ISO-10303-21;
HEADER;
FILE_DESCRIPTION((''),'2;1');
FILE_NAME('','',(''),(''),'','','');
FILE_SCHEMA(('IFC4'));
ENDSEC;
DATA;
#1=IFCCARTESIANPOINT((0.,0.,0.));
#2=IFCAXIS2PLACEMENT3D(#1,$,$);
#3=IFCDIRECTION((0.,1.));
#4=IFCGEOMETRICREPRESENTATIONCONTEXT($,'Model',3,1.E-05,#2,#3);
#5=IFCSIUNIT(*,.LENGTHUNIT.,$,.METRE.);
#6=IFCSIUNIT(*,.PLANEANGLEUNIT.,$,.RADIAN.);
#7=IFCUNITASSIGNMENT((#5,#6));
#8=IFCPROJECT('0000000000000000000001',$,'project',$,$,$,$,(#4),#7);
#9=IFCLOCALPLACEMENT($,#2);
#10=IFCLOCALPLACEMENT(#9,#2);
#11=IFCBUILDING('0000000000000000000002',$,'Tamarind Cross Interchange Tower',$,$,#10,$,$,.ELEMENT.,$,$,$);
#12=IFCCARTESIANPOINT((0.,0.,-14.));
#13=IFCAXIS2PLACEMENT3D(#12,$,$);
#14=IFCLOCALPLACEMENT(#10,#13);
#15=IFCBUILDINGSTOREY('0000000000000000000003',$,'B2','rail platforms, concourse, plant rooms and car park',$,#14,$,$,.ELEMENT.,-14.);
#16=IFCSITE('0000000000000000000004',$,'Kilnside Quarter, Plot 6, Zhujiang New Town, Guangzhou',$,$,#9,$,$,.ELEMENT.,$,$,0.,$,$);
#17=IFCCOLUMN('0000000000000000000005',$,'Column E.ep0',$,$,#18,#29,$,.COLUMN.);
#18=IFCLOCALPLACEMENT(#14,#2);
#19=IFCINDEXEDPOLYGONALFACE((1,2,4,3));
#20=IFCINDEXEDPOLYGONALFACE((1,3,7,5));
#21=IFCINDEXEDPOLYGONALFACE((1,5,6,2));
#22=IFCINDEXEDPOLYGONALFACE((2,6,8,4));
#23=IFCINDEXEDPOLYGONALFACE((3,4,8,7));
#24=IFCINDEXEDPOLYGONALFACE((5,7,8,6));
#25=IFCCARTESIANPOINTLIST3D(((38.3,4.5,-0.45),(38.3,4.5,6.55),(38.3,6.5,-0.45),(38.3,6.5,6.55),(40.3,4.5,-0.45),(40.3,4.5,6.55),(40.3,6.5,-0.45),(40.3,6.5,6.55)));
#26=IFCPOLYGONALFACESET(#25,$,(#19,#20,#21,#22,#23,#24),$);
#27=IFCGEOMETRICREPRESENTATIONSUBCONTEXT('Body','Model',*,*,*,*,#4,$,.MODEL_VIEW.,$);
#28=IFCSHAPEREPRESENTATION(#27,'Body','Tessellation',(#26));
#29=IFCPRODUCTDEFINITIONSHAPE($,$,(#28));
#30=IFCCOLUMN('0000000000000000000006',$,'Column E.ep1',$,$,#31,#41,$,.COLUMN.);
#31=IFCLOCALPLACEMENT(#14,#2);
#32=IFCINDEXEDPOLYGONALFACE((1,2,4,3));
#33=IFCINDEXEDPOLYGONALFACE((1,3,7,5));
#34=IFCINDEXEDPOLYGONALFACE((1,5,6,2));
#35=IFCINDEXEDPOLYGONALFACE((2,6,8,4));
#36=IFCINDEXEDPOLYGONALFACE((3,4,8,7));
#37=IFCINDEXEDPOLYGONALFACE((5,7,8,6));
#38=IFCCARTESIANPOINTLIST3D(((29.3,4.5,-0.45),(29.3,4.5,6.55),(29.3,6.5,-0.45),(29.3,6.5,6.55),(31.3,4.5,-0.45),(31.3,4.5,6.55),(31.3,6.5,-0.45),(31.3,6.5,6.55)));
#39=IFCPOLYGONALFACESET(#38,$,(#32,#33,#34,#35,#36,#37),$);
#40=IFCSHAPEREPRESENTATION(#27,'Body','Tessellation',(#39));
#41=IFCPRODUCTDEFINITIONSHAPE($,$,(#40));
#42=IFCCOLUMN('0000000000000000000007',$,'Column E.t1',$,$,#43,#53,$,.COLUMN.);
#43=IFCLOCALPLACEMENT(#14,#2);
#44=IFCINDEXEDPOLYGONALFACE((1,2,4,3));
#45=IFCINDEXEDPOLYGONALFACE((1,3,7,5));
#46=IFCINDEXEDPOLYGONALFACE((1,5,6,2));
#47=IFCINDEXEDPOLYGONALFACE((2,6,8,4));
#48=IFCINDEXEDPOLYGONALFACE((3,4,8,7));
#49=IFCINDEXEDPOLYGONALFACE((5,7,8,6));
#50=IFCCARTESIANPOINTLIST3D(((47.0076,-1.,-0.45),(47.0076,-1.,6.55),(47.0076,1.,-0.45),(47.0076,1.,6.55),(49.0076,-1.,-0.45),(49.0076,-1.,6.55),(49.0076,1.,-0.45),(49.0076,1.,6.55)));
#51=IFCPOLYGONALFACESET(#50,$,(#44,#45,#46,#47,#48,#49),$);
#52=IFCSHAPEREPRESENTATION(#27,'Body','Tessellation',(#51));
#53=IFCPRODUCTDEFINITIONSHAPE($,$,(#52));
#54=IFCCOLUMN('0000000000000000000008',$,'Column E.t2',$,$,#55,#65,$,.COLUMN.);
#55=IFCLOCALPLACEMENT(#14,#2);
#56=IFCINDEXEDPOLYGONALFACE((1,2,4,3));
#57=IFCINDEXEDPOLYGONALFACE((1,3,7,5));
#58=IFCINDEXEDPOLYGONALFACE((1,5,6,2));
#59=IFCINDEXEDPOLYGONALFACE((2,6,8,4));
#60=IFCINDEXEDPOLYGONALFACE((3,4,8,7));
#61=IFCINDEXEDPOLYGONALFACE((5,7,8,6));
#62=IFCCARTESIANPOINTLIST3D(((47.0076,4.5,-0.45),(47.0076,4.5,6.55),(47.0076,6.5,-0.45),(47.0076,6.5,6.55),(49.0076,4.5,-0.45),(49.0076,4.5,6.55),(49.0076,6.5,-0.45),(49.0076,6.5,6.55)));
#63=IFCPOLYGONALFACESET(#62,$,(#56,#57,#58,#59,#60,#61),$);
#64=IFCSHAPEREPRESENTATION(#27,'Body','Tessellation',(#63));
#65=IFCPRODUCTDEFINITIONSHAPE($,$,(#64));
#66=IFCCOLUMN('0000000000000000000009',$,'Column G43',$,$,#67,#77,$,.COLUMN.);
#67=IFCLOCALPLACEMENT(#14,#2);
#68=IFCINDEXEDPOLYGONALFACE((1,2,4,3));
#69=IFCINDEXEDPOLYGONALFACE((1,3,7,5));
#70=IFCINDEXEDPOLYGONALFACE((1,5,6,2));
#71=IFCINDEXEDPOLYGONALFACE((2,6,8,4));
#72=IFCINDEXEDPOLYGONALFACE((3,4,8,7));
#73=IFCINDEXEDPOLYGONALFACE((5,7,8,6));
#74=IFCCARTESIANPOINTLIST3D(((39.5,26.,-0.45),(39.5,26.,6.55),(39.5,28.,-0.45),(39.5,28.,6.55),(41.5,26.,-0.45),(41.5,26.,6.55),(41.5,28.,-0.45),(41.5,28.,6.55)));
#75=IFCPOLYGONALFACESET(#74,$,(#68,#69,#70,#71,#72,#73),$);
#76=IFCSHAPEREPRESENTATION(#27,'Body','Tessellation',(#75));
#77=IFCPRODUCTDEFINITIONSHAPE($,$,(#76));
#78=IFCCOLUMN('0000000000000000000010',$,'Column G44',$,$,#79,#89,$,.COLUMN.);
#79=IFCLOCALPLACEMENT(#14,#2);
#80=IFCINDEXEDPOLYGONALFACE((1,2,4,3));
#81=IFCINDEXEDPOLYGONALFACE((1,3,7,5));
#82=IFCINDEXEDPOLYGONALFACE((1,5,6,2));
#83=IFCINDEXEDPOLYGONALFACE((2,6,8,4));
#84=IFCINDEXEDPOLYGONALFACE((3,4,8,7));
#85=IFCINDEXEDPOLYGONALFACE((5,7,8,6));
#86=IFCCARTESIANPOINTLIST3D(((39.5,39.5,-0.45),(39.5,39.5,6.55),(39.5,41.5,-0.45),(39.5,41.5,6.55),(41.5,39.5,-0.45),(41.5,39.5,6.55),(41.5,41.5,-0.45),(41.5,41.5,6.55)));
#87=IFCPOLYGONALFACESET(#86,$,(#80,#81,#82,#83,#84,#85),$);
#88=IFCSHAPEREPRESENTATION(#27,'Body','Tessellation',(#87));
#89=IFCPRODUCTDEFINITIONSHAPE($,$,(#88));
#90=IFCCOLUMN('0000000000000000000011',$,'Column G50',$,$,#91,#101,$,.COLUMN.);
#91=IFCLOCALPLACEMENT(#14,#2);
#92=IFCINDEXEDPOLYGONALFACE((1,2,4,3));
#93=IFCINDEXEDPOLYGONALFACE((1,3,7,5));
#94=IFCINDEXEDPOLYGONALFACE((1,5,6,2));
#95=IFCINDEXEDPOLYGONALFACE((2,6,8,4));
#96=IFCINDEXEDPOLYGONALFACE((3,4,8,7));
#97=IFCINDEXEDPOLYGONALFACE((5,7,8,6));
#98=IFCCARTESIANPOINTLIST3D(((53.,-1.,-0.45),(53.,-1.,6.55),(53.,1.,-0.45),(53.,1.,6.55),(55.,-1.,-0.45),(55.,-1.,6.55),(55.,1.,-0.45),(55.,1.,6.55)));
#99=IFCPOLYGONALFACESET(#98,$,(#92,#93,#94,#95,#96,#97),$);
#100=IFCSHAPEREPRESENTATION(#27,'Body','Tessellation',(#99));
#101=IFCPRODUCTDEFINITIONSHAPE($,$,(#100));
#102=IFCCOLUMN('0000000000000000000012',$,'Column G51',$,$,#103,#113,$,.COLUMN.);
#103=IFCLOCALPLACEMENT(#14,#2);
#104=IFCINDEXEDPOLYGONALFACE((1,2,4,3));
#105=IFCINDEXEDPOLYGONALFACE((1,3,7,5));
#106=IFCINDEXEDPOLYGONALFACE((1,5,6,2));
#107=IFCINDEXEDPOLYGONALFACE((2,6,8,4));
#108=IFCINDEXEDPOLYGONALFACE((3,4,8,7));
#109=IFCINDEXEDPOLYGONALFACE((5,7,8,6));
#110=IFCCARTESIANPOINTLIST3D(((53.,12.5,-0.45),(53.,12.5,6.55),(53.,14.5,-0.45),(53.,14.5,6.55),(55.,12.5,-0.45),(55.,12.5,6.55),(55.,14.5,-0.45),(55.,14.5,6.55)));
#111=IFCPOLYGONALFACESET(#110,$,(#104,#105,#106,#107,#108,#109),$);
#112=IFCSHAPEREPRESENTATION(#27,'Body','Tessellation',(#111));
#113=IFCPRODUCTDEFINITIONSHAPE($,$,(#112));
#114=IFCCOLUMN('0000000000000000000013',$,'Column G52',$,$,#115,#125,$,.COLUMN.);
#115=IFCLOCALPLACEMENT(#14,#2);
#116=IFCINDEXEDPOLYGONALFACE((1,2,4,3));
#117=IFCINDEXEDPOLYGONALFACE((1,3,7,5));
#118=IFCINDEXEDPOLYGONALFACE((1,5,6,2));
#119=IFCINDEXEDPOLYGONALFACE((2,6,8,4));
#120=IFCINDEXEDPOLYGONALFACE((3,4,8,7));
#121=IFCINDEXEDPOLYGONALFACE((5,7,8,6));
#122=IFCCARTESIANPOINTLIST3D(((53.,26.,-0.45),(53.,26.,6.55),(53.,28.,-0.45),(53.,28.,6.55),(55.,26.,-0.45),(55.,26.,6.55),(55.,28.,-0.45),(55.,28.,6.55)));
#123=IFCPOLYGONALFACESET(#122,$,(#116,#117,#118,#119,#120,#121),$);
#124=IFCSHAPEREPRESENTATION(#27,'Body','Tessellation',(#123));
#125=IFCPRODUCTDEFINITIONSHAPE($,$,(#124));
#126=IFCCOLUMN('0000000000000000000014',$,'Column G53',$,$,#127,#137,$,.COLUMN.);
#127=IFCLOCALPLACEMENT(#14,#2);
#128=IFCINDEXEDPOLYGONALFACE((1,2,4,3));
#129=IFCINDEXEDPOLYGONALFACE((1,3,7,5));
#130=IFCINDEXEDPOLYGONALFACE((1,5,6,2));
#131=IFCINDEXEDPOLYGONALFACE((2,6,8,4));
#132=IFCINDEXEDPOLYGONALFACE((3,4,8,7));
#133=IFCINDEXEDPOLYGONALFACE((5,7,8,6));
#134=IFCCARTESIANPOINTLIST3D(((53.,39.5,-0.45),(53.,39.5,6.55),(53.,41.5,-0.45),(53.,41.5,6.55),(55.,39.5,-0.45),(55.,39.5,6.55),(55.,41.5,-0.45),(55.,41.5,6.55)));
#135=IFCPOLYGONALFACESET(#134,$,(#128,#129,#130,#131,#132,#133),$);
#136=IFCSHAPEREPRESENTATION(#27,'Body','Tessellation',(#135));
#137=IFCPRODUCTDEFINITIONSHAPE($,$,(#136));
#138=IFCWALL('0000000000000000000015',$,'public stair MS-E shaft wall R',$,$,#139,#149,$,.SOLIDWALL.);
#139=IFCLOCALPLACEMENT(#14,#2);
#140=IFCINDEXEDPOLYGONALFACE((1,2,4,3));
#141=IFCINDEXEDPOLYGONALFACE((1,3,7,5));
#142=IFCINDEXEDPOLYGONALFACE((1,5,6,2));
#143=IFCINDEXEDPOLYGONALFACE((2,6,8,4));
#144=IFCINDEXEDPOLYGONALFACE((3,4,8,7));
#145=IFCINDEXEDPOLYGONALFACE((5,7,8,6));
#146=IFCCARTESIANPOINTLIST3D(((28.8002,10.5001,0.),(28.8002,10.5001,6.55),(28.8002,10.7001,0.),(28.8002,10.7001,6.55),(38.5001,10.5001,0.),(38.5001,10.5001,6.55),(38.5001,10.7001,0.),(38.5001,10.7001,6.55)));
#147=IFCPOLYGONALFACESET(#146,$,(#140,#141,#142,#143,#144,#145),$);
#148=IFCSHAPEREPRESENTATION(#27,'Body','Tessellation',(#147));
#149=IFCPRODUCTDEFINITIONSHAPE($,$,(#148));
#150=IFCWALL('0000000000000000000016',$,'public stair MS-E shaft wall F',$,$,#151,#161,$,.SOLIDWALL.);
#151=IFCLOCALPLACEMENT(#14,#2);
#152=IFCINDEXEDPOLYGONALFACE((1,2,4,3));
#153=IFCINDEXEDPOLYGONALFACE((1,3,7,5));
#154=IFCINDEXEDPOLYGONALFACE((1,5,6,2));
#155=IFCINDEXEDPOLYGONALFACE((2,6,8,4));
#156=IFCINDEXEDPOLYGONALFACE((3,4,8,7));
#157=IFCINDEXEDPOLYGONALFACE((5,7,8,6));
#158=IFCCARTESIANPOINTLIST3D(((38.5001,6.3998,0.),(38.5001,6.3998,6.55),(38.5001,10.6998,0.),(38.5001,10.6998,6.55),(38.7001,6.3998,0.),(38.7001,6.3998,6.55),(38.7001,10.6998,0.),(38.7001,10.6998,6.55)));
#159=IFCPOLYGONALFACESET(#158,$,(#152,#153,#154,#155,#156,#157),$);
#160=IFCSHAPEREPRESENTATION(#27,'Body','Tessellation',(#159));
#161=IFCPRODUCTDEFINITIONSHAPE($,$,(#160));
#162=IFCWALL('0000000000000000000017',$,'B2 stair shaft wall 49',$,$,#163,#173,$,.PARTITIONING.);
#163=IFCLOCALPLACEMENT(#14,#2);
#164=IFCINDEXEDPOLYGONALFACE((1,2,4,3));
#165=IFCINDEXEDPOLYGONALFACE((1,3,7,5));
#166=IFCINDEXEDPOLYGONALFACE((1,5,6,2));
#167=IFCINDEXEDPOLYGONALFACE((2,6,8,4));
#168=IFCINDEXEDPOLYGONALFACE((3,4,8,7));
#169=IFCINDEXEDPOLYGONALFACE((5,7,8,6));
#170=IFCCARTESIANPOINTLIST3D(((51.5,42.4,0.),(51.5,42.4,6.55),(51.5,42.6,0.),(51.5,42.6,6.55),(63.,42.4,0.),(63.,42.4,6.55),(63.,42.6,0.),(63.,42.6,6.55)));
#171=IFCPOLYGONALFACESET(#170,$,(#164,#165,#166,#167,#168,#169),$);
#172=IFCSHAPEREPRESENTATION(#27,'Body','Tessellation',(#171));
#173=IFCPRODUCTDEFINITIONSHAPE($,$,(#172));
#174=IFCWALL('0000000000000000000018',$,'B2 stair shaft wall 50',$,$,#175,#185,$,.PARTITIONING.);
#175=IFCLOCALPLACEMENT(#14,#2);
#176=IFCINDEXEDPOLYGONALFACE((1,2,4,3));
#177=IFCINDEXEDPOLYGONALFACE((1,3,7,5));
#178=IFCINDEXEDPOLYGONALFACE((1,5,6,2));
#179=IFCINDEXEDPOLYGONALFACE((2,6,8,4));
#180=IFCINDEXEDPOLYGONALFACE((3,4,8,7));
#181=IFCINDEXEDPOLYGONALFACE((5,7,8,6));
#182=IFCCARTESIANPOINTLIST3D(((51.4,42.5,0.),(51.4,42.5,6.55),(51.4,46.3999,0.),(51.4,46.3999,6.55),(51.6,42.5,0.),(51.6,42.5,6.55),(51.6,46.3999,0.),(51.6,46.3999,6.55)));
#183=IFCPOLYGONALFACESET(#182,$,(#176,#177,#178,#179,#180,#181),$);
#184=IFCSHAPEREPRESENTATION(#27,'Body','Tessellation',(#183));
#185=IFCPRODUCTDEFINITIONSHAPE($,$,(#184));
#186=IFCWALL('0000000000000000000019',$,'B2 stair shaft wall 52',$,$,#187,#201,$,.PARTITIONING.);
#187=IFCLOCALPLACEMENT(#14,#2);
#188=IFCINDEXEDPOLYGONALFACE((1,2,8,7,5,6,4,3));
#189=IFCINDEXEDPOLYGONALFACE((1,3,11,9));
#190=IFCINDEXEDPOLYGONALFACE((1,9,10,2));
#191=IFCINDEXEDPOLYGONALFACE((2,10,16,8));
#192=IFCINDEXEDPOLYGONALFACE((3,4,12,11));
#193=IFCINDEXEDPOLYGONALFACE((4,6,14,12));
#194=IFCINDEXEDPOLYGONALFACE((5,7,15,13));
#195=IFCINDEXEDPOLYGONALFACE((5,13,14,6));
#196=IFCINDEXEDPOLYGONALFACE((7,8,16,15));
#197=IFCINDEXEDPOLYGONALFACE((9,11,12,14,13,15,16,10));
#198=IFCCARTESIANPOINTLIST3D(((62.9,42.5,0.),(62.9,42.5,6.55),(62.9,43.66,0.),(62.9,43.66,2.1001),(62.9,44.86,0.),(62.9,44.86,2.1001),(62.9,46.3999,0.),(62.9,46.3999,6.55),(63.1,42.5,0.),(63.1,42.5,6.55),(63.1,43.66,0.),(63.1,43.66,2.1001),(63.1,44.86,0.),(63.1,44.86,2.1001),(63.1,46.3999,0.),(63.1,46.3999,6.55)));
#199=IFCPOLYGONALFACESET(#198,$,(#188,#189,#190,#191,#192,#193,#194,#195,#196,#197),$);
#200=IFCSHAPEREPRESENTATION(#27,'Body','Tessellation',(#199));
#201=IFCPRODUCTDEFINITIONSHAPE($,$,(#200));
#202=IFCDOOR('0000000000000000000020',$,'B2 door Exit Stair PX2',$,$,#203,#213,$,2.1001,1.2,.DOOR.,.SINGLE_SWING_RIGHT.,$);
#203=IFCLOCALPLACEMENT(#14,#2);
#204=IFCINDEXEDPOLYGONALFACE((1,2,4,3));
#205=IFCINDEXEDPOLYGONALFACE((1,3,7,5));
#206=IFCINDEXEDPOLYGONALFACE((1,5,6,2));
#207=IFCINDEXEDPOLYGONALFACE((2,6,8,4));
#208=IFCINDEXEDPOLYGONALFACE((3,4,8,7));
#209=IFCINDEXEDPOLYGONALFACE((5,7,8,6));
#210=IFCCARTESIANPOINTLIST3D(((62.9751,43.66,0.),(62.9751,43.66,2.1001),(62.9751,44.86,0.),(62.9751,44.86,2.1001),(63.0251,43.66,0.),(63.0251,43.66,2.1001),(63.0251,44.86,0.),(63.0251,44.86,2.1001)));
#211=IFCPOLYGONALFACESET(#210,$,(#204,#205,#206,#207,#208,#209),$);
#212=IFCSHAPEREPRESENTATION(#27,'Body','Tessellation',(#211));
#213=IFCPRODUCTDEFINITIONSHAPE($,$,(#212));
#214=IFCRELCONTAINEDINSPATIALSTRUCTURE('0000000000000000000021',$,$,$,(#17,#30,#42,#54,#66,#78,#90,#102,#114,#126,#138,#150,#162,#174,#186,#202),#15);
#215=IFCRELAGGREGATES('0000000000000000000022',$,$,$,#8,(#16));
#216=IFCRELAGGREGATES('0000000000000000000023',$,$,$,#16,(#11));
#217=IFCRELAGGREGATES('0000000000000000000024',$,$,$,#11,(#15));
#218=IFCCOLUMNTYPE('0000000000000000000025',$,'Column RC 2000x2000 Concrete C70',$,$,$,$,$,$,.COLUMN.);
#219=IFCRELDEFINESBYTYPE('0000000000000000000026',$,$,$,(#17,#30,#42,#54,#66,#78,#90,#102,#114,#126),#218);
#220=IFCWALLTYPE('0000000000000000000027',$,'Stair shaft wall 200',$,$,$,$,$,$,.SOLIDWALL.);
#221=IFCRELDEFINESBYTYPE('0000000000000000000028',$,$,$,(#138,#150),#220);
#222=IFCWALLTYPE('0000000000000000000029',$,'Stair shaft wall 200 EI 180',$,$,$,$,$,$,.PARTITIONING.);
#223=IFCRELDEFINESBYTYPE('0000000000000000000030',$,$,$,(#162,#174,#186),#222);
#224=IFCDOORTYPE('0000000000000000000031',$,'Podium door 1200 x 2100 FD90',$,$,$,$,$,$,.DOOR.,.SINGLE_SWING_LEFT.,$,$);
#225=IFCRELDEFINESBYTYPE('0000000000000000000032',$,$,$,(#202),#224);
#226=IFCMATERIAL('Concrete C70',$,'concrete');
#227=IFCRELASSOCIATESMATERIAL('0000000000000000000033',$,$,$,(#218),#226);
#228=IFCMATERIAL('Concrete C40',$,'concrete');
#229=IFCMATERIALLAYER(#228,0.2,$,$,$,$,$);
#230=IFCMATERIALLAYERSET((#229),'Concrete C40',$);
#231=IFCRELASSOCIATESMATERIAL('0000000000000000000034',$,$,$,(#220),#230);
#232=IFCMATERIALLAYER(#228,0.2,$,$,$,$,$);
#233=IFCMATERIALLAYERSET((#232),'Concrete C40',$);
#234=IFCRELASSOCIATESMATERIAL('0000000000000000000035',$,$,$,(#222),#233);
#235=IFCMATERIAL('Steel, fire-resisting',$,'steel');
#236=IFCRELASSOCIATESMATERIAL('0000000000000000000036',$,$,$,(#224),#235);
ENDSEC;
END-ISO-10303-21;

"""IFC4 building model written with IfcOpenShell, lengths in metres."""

from ifc_helpers import new_model, si_unit, direction, frame, frame_2d, origin, origin_2d, place, context, subcontext, project, spatial, rectangle, extrude, material, layer, layer_set, material_profile, profile_set, type_object, element, fill, save


model = new_model("IFC4")

# Units and contexts
model_context = context("Model", 3, precision=1e-05, world=origin(), true_north=direction((0.0, 1.0)))
body_context = subcontext(model_context, "Body", "Model", "MODEL_VIEW")
ifc_project = project(units=[si_unit("LENGTHUNIT", "METRE"), si_unit("PLANEANGLEUNIT", "RADIAN")], contexts=[model_context])

# Site, building, storey
site_placement = place(None, origin())
site = spatial("IfcSite", under=ifc_project, at=site_placement, Name="Kilnside Quarter, Plot 6, Zhujiang New Town, Guangzhou", CompositionType="ELEMENT", RefElevation=0.0)
building_placement = place(site_placement, origin())
building = spatial("IfcBuilding", under=site, at=building_placement, Name="Tamarind Cross Interchange Tower", CompositionType="ELEMENT")
storey_placement = place(building_placement, frame((0.0, 0.0, -14.0)))
storey = spatial("IfcBuildingStorey", under=building, at=storey_placement, Name="B2", Description="rail platforms, concourse, plant rooms and car park", CompositionType="ELEMENT", Elevation=-14.0)

# Columns
ifc_material_1 = material(Name="Concrete C70", Category="concrete")
ifc_material_profile = material_profile(ifc_material_1, rectangle(XDim=2.0, YDim=2.0, at=origin_2d()), Name="RC 2000x2000")
ifc_profile_set = profile_set([ifc_material_profile], Name="Concrete C70")
column_type = type_object("IfcColumnType", Name="Column RC 2000x2000 Concrete C70", PredefinedType="COLUMN", material=ifc_profile_set)
for number, where, z_axis, x_axis, name in (
    (1, (39.3, 5.5, -0.45), (0.0, 0.0, 1.0), (1.0, 0.0, 0.0), "Column E.ep0"),
    (2, (30.3, 5.5, -0.45), (0.0, 0.0, 1.0), (1.0, 0.0, 0.0), "Column E.ep1"),
    (3, (48.0076, 0.0, -0.45), (0.0, 0.0, 1.0), (1.0, 0.0, 0.0), "Column E.t1"),
    (4, (48.0076, 5.5, -0.45), (0.0, 0.0, 1.0), (1.0, 0.0, 0.0), "Column E.t2"),
    (5, (40.5, 27.0, -0.45), (0.0, 0.0, 1.0), (1.0, 0.0, 0.0), "Column G43"),
    (6, (40.5, 40.5, -0.45), (0.0, 0.0, 1.0), (1.0, 0.0, 0.0), "Column G44"),
    (7, (54.0, 0.0, -0.45), (0.0, 0.0, 1.0), (1.0, 0.0, 0.0), "Column G50"),
    (8, (54.0, 13.5, -0.45), (0.0, 0.0, 1.0), (1.0, 0.0, 0.0), "Column G51"),
    (9, (54.0, 27.0, -0.45), (0.0, 0.0, 1.0), (1.0, 0.0, 0.0), "Column G52"),
    (10, (54.0, 40.5, -0.45), (0.0, 0.0, 1.0), (1.0, 0.0, 0.0), "Column G53"),
):
    element("IfcColumn", number, at=place(storey_placement, frame(where, z_axis=z_axis, x_axis=x_axis)), inside=storey, type_object=column_type, Name=name, PredefinedType="COLUMN", context=body_context, shape_type="SweptSolid", body=[
        extrude(rectangle(XDim=2.0, YDim=2.0, at=origin_2d()), origin(), (0.0, 0.0, 1.0), 7.0),
    ])

# Walls
ifc_material_2 = material(Name="Concrete C40", Category="concrete")
ifc_layer_1 = layer(ifc_material_2, 0.2)
ifc_layer_set_1 = layer_set([ifc_layer_1], Name="Concrete C40")
wall_type_1 = type_object("IfcWallType", Name="Stair shaft wall 200", PredefinedType="SOLIDWALL", material=ifc_layer_set_1)
wall_1_placement = place(storey_placement, frame((28.8, 10.6001, 0.0), z_axis=(0.0, 0.0, 1.0), x_axis=(1.0, 0.0, 0.0)))
element("IfcWall", 11, at=wall_1_placement, inside=storey, type_object=wall_type_1, Name="public stair MS-E shaft wall R", PredefinedType="SOLIDWALL", context=body_context, shape_type="SweptSolid", body=[
    extrude(rectangle(XDim=9.7, YDim=0.2, at=frame_2d((4.8501, 0.0))), origin(), (0.0, 0.0, 1.0), 6.55),
])
wall_2_placement = place(storey_placement, frame((38.6001, 6.3999, 0.0), z_axis=(0.0, 0.0, 1.0), x_axis=(0.0, 1.0, 0.0)))
element("IfcWall", 12, at=wall_2_placement, inside=storey, type_object=wall_type_1, Name="public stair MS-E shaft wall F", PredefinedType="SOLIDWALL", context=body_context, shape_type="SweptSolid", body=[
    extrude(rectangle(XDim=4.3, YDim=0.2, at=frame_2d((2.1499, 0.0))), origin(), (0.0, 0.0, 1.0), 6.55),
])
ifc_layer_2 = layer(ifc_material_2, 0.2)
ifc_layer_set_2 = layer_set([ifc_layer_2], Name="Concrete C40")
wall_type_2 = type_object("IfcWallType", Name="Stair shaft wall 200 EI 180", PredefinedType="PARTITIONING", material=ifc_layer_set_2)
wall_3_placement = place(storey_placement, frame((51.5, 42.5, 0.0), z_axis=(0.0, 0.0, 1.0), x_axis=(1.0, 0.0, 0.0)))
element("IfcWall", 13, at=wall_3_placement, inside=storey, type_object=wall_type_2, Name="B2 stair shaft wall 49", PredefinedType="PARTITIONING", context=body_context, shape_type="SweptSolid", body=[
    extrude(rectangle(XDim=11.5, YDim=0.2, at=frame_2d((5.75, 0.0))), origin(), (0.0, 0.0, 1.0), 6.55),
])
wall_4_placement = place(storey_placement, frame((51.5, 42.5, 0.0), z_axis=(0.0, 0.0, 1.0), x_axis=(0.0, 1.0, 0.0)))
element("IfcWall", 14, at=wall_4_placement, inside=storey, type_object=wall_type_2, Name="B2 stair shaft wall 50", PredefinedType="PARTITIONING", context=body_context, shape_type="SweptSolid", body=[
    extrude(rectangle(XDim=3.8999, YDim=0.2, at=frame_2d((1.95, 0.0))), origin(), (0.0, 0.0, 1.0), 6.55),
])

# Wall, opening, door
wall_5_placement = place(storey_placement, frame((63.0, 42.5, 0.0), z_axis=(0.0, 0.0, 1.0), x_axis=(0.0, 1.0, 0.0)))
wall_5 = element("IfcWall", 15, at=wall_5_placement, inside=storey, type_object=wall_type_2, Name="B2 stair shaft wall 52", PredefinedType="PARTITIONING", context=body_context, shape_type="SweptSolid", body=[
    extrude(rectangle(XDim=3.8999, YDim=0.2, at=frame_2d((1.95, 0.0))), origin(), (0.0, 0.0, 1.0), 6.55),
])
opening_placement = place(wall_5_placement, frame((1.1599, 0.0, 0.0)))
opening = element("IfcOpeningElement", 16, at=opening_placement, cuts=wall_5, PredefinedType="OPENING", context=body_context, shape_type="SweptSolid", body=[
    extrude(rectangle(XDim=1.2, YDim=2.1001, at=frame_2d((0.6001, 1.05))), frame((0.0, 0.1099, 0.0), z_axis=(0.0, -1.0, 0.0), x_axis=(1.0, 0.0, 0.0)), (0.0, 0.0, 1.0), 0.22),
])
ifc_material_3 = material(Name="Steel, fire-resisting", Category="steel")
door_type = type_object("IfcDoorType", Name="Podium door 1200 x 2100 FD90", OperationType="SINGLE_SWING_LEFT", PredefinedType="DOOR", material=ifc_material_3)
door_placement = place(opening_placement, origin())
door = element("IfcDoor", 17, at=door_placement, inside=storey, type_object=door_type, Name="B2 door Exit Stair PX2", OperationType="SINGLE_SWING_RIGHT", OverallHeight=2.1001, OverallWidth=1.2, PredefinedType="DOOR", context=body_context, shape_type="SweptSolid", body=[
    extrude(rectangle(XDim=1.2, YDim=2.1001, at=frame_2d((0.6001, 1.05))), frame((0.0, 0.0249, 0.0), z_axis=(0.0, -1.0, 0.0), x_axis=(1.0, 0.0, 0.0)), (0.0, 0.0, 1.0), 0.05),
])
fill(opening, door)

save(model, "model.ifc")
